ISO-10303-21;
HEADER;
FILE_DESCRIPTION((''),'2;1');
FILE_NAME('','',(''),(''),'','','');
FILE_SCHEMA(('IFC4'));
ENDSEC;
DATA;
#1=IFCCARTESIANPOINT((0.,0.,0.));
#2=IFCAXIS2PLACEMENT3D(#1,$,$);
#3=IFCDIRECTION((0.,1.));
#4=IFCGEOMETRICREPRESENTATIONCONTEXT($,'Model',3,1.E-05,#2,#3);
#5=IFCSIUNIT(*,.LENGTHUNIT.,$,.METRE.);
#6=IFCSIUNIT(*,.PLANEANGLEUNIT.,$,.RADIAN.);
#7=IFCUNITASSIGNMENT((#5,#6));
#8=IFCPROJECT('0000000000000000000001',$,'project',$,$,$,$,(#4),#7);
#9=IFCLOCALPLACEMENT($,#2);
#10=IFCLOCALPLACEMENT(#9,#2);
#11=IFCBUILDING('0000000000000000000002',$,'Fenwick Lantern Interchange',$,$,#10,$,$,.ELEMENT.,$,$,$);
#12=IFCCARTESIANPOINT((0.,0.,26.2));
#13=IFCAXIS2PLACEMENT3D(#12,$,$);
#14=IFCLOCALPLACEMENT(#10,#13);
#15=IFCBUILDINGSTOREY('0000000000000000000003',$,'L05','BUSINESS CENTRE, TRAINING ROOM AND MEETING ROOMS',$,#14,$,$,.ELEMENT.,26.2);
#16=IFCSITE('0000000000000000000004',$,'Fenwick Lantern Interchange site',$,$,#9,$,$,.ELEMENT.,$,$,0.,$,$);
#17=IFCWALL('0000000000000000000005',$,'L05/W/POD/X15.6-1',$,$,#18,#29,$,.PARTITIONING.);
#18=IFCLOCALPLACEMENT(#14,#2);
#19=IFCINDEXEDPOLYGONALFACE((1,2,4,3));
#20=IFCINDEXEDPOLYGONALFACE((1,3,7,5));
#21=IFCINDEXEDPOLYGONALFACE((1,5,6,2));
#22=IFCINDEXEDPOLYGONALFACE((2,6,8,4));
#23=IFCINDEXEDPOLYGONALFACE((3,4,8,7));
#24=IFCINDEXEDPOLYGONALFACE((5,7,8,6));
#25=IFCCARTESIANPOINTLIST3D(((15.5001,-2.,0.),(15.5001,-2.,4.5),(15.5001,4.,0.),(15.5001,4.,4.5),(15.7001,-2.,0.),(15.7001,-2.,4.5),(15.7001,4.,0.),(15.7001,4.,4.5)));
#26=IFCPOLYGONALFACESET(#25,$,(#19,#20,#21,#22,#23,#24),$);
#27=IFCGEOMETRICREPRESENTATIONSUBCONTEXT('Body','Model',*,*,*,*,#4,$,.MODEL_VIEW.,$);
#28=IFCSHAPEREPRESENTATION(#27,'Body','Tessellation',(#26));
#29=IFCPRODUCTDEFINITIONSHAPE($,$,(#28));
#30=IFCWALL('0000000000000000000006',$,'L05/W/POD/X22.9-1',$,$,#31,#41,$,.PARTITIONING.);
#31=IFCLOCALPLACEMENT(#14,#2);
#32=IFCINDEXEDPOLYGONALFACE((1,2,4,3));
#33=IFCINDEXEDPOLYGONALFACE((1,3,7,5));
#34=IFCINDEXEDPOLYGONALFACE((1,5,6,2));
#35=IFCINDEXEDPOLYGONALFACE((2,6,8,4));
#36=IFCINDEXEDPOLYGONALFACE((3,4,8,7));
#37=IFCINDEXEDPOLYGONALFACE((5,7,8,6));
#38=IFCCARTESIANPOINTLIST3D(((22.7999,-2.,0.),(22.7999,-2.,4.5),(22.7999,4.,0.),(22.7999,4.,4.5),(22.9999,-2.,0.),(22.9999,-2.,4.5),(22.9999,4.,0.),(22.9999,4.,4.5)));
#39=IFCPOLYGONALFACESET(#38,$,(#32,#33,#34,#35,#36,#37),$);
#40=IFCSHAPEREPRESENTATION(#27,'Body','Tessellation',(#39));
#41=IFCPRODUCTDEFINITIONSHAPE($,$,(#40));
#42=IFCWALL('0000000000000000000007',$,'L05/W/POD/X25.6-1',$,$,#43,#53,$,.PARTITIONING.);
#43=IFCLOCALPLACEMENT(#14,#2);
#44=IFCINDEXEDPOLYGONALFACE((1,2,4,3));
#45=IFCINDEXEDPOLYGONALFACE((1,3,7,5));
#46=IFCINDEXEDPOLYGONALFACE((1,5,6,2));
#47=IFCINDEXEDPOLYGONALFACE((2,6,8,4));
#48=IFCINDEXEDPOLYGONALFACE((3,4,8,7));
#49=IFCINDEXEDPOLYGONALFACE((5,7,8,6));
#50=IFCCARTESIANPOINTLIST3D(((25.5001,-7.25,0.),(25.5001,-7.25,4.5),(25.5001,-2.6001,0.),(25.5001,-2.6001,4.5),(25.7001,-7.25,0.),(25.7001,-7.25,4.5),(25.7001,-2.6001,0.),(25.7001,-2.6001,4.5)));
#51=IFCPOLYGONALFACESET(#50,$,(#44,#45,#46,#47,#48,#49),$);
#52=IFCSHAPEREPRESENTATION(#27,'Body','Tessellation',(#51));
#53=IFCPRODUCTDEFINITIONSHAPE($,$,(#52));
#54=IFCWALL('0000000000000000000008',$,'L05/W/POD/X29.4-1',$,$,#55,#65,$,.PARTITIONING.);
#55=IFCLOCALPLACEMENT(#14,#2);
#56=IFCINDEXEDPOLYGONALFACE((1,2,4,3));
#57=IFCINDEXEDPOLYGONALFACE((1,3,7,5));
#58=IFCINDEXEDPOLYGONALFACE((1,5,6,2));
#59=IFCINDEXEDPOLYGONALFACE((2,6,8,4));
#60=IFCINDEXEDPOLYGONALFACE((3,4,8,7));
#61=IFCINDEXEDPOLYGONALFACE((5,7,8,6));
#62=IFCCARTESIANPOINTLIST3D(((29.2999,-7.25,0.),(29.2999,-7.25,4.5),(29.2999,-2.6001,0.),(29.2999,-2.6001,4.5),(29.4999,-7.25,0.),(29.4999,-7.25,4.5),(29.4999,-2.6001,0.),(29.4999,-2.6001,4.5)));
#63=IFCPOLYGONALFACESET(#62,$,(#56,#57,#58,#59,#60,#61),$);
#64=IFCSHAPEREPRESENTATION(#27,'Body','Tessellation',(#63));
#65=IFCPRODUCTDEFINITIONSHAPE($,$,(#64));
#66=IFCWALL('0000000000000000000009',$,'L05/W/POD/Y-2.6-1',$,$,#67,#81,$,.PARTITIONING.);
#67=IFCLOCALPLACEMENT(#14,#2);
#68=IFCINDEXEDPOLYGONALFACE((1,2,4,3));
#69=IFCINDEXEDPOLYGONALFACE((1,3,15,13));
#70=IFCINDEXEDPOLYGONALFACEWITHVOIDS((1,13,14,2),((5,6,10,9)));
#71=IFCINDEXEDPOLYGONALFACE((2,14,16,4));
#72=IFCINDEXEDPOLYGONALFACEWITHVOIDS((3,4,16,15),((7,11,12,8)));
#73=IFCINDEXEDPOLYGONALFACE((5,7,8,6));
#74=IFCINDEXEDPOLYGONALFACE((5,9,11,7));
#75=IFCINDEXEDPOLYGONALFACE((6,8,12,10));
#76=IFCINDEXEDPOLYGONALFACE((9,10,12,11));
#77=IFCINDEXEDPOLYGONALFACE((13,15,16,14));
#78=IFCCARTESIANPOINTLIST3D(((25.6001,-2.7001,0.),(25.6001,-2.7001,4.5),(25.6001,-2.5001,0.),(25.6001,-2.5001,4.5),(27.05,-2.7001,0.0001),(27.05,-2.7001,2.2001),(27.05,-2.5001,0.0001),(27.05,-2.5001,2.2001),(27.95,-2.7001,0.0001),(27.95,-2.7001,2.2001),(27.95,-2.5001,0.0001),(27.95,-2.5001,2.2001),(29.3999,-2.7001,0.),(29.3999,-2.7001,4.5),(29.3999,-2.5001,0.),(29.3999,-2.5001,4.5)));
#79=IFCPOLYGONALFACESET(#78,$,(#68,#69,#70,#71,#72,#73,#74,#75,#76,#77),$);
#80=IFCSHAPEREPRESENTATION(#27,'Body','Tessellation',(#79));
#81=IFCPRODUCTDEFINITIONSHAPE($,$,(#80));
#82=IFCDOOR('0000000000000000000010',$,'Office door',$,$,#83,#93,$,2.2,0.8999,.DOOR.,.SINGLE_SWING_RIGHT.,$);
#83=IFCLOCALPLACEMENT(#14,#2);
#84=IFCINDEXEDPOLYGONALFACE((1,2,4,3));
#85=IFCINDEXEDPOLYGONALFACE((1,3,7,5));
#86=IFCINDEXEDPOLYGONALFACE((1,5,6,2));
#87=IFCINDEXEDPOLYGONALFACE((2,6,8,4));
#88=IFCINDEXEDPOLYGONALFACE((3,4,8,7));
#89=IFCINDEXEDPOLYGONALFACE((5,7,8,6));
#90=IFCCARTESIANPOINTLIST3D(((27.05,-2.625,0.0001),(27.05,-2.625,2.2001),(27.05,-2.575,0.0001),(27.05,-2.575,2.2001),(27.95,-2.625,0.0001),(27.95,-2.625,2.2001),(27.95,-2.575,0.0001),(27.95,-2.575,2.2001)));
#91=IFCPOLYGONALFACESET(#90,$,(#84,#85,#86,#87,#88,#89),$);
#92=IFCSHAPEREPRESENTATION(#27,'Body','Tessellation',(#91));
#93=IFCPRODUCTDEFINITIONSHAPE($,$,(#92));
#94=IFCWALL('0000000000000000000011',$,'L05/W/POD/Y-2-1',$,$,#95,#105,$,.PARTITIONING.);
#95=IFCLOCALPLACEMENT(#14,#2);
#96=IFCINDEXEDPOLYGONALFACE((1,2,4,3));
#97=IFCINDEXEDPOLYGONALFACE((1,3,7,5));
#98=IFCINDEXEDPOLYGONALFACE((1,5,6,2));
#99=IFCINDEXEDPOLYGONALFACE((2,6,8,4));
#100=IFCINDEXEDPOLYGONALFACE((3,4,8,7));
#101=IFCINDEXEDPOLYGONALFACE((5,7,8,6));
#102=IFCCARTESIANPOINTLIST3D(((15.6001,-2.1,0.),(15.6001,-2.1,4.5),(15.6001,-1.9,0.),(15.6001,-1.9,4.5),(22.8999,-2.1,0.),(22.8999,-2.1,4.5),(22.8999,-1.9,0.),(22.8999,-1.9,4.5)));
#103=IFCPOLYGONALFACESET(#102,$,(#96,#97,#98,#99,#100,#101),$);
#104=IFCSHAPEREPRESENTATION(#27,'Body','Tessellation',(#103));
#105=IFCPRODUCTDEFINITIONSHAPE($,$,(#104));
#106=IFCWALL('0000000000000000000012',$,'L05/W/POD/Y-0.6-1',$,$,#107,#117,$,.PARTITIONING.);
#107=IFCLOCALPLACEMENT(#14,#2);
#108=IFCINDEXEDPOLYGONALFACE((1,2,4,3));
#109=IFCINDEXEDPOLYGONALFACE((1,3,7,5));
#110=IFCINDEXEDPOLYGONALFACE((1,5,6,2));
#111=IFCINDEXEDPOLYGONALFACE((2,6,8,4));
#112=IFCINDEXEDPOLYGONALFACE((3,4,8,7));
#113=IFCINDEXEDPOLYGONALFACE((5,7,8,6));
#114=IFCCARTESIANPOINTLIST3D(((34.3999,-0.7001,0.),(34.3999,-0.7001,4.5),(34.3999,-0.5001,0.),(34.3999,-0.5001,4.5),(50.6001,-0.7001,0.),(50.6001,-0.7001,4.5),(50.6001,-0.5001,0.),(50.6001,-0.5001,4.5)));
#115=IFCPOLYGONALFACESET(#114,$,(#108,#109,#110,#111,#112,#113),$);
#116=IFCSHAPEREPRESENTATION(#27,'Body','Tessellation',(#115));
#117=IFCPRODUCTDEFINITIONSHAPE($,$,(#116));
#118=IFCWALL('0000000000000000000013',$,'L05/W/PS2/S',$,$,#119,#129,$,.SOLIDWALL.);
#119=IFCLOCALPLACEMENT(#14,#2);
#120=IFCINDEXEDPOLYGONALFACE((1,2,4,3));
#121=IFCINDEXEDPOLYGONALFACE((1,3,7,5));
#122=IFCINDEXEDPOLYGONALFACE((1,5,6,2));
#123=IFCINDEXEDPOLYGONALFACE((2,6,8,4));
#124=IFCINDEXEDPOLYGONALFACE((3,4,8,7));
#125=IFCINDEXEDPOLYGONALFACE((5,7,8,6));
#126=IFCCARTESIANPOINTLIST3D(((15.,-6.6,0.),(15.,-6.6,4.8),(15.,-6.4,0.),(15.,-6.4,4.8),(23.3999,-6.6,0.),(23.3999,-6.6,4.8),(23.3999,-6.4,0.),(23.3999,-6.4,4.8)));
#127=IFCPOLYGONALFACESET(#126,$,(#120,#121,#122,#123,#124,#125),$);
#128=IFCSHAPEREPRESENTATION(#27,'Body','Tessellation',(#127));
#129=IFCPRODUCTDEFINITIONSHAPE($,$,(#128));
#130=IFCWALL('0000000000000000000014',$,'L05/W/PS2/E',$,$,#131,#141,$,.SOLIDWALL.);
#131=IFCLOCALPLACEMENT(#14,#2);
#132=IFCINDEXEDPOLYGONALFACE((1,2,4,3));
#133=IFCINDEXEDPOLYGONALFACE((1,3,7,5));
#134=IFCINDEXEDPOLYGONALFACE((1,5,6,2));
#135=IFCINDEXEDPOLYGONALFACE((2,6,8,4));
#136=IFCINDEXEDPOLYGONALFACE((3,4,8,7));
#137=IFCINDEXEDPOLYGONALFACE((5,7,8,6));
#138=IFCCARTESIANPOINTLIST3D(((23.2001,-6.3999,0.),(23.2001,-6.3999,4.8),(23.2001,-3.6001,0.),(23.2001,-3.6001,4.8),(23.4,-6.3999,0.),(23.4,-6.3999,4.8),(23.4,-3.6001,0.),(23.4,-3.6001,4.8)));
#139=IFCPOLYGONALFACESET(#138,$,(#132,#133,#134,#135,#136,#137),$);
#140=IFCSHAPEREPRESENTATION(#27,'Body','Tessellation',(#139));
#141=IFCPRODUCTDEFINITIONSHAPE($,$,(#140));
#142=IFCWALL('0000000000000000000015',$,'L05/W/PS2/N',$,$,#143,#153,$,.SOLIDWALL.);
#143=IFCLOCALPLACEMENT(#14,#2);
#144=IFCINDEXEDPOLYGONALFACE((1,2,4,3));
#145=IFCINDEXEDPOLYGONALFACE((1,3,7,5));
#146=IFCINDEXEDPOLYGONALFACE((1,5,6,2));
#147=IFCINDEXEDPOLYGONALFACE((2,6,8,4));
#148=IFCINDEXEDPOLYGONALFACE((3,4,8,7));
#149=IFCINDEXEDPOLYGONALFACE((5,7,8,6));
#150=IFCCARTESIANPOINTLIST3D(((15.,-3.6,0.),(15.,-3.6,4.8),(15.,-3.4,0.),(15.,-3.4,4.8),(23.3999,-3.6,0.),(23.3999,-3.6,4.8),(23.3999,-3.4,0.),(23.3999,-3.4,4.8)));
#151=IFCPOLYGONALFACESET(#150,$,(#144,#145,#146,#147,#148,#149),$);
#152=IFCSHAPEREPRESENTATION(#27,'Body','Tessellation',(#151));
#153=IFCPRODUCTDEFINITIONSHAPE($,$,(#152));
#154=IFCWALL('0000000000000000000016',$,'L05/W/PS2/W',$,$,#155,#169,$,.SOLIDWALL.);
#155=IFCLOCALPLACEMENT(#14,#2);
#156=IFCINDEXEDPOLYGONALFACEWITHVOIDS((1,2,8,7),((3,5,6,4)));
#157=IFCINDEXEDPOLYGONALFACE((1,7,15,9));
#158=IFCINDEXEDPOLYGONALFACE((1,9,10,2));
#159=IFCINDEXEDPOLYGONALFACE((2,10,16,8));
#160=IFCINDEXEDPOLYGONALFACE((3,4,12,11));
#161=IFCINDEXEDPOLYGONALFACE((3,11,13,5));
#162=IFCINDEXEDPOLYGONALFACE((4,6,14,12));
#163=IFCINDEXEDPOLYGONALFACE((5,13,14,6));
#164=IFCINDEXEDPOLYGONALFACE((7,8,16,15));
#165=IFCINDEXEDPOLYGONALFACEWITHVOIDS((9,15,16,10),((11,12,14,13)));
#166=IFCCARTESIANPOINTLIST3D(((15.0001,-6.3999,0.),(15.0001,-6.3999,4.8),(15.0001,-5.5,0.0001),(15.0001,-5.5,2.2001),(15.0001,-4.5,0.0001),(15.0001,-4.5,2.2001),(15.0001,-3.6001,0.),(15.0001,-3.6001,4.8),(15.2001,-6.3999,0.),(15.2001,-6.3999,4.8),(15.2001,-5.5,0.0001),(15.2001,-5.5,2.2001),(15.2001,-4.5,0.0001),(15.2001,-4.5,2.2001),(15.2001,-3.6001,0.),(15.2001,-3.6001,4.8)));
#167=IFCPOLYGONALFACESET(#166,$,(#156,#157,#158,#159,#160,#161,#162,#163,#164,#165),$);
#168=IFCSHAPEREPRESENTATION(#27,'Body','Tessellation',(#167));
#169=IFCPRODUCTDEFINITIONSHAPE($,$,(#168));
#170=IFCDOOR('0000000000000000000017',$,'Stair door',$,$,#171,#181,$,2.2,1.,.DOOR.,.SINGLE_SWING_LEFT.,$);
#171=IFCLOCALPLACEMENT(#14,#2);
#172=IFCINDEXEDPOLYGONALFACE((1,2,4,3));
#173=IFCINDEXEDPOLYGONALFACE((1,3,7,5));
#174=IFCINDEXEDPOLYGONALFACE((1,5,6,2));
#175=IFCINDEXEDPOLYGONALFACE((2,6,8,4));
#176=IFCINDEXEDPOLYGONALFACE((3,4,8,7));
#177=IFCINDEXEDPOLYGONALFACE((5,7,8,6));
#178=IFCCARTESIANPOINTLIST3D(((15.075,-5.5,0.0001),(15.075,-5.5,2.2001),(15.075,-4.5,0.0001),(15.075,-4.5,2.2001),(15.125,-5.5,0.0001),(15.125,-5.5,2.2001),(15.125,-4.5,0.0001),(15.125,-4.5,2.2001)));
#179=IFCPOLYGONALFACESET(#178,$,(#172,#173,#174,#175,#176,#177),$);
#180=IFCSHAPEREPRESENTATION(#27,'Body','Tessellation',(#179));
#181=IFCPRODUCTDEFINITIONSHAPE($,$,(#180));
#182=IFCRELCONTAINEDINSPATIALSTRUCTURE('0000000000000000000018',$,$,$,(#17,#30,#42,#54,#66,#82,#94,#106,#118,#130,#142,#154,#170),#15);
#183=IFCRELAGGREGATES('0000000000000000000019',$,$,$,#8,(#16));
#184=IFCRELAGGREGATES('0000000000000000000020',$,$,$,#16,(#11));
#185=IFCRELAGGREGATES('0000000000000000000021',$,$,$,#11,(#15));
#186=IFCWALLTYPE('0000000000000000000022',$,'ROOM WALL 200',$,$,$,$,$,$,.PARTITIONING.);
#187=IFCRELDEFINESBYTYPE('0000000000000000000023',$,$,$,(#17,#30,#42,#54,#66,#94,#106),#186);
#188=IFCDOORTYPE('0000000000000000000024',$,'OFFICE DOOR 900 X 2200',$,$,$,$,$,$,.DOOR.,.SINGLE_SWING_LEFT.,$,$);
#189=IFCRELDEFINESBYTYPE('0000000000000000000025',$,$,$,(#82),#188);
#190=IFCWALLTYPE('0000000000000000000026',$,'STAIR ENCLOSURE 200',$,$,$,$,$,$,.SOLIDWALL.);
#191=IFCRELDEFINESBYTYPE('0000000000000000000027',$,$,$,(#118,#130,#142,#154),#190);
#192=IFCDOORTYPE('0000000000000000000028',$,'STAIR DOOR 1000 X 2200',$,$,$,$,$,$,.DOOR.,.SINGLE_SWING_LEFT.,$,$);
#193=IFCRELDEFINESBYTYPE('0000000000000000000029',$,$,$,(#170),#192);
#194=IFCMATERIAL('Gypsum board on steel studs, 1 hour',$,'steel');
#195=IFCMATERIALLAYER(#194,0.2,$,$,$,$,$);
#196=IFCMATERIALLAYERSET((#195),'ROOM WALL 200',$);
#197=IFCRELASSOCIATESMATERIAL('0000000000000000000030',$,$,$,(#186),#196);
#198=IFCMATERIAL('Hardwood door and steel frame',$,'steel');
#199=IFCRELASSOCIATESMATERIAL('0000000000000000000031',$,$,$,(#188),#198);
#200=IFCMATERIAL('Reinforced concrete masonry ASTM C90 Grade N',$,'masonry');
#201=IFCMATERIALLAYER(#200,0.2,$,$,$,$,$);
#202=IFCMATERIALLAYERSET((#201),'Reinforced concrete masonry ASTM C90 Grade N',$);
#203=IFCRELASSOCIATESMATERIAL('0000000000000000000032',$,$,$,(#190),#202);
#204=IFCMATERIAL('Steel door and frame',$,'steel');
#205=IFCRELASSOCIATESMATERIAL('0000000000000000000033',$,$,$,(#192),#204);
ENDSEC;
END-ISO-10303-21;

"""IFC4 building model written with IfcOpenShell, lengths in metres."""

from ifc_helpers import new_model, si_unit, direction, frame, frame_2d, origin, place, context, subcontext, project, spatial, rectangle, extrude, material, layer, layer_set, type_object, element, fill, save


model = new_model("IFC4")

# Units and contexts
model_context = context("Model", 3, precision=1e-05, world=origin(), true_north=direction((0.0, 1.0)))
body_context = subcontext(model_context, "Body", "Model", "MODEL_VIEW")
ifc_project = project(units=[si_unit("LENGTHUNIT", "METRE"), si_unit("PLANEANGLEUNIT", "RADIAN")], contexts=[model_context])

# Site, building, storey
site_placement = place(None, origin())
site = spatial("IfcSite", under=ifc_project, at=site_placement, Name="Fenwick Lantern Interchange site", CompositionType="ELEMENT", RefElevation=0.0)
building_placement = place(site_placement, origin())
building = spatial("IfcBuilding", under=site, at=building_placement, Name="Fenwick Lantern Interchange", CompositionType="ELEMENT")
storey_placement = place(building_placement, frame((0.0, 0.0, 26.2)))
storey = spatial("IfcBuildingStorey", under=building, at=storey_placement, Name="L05", Description="BUSINESS CENTRE, TRAINING ROOM AND MEETING ROOMS", CompositionType="ELEMENT", Elevation=26.2)

# Walls
ifc_material_1 = material(Name="Gypsum board on steel studs, 1 hour", Category="steel")
ifc_layer_1 = layer(ifc_material_1, 0.2)
ifc_layer_set_1 = layer_set([ifc_layer_1], Name="ROOM WALL 200")
wall_type_1 = type_object("IfcWallType", Name="ROOM WALL 200", PredefinedType="PARTITIONING", material=ifc_layer_set_1)
for number, where, z_axis, x_axis, name in (
    (1, (15.6001, -2.0, 0.0), (0.0, 0.0, 1.0), (0.0, 1.0, 0.0), "L05/W/POD/X15.6-1"),
    (2, (22.8999, -2.0, 0.0), (0.0, 0.0, 1.0), (0.0, 1.0, 0.0), "L05/W/POD/X22.9-1"),
):
    element("IfcWall", number, at=place(storey_placement, frame(where, z_axis=z_axis, x_axis=x_axis)), inside=storey, type_object=wall_type_1, Name=name, PredefinedType="PARTITIONING", context=body_context, shape_type="SweptSolid", body=[
        extrude(rectangle(XDim=6.0, YDim=0.2, at=frame_2d((3.0, 0.0))), origin(), (0.0, 0.0, 1.0), 4.5),
    ])
for number, where, z_axis, x_axis, name in (
    (3, (25.6001, -7.25, 0.0), (0.0, 0.0, 1.0), (0.0, 1.0, 0.0), "L05/W/POD/X25.6-1"),
    (4, (29.3999, -7.25, 0.0), (0.0, 0.0, 1.0), (0.0, 1.0, 0.0), "L05/W/POD/X29.4-1"),
):
    element("IfcWall", number, at=place(storey_placement, frame(where, z_axis=z_axis, x_axis=x_axis)), inside=storey, type_object=wall_type_1, Name=name, PredefinedType="PARTITIONING", context=body_context, shape_type="SweptSolid", body=[
        extrude(rectangle(XDim=4.6499, YDim=0.2, at=frame_2d((2.325, 0.0))), origin(), (0.0, 0.0, 1.0), 4.5),
    ])

# Shared definitions
ifc_material_2 = material(Name="Steel door and frame", Category="steel")

# Wall, opening, door
wall_1_placement = place(storey_placement, frame((25.6001, -2.6001, 0.0), z_axis=(0.0, 0.0, 1.0), x_axis=(1.0, 0.0, 0.0)))
wall_1 = element("IfcWall", 5, at=wall_1_placement, inside=storey, type_object=wall_type_1, Name="L05/W/POD/Y-2.6-1", PredefinedType="PARTITIONING", context=body_context, shape_type="SweptSolid", body=[
    extrude(rectangle(XDim=3.7998, YDim=0.2, at=frame_2d((1.8999, 0.0))), origin(), (0.0, 0.0, 1.0), 4.5),
])
opening_1_placement = place(wall_1_placement, frame((1.45, 0.0, 0.0)))
opening_1 = element("IfcOpeningElement", 6, at=opening_1_placement, cuts=wall_1, PredefinedType="OPENING", context=body_context, shape_type="SweptSolid", body=[
    extrude(rectangle(XDim=0.8999, YDim=2.2, at=frame_2d((0.45, 1.1001))), frame((0.0, 0.1099, 0.0), z_axis=(0.0, -1.0, 0.0), x_axis=(1.0, 0.0, 0.0)), (0.0, 0.0, 1.0), 0.22),
])
ifc_material_3 = material(Name="Hardwood door and steel frame", Category="steel")
door_type_1 = type_object("IfcDoorType", Name="OFFICE DOOR 900 X 2200", OperationType="SINGLE_SWING_LEFT", PredefinedType="DOOR", material=ifc_material_3)
door_1_placement = place(opening_1_placement, frame((0.8999, 0.0, 0.0), z_axis=(0.0, 0.0, 1.0), x_axis=(-1.0, 0.0, 0.0)))
door_1 = element("IfcDoor", 7, at=door_1_placement, inside=storey, type_object=door_type_1, Name="Office door", OperationType="SINGLE_SWING_RIGHT", OverallHeight=2.2, OverallWidth=0.8999, PredefinedType="DOOR", context=body_context, shape_type="SweptSolid", body=[
    extrude(rectangle(XDim=0.8999, YDim=2.2, at=frame_2d((0.45, 1.1001))), frame((0.0, 0.0249, 0.0), z_axis=(0.0, -1.0, 0.0), x_axis=(1.0, 0.0, 0.0)), (0.0, 0.0, 1.0), 0.05),
])
fill(opening_1, door_1)

# Walls
wall_2_placement = place(storey_placement, frame((15.6001, -2.0, 0.0), z_axis=(0.0, 0.0, 1.0), x_axis=(1.0, 0.0, 0.0)))
element("IfcWall", 8, at=wall_2_placement, inside=storey, type_object=wall_type_1, Name="L05/W/POD/Y-2-1", PredefinedType="PARTITIONING", context=body_context, shape_type="SweptSolid", body=[
    extrude(rectangle(XDim=7.2998, YDim=0.2, at=frame_2d((3.6499, 0.0))), origin(), (0.0, 0.0, 1.0), 4.5),
])
wall_3_placement = place(storey_placement, frame((34.3999, -0.6001, 0.0), z_axis=(0.0, 0.0, 1.0), x_axis=(1.0, 0.0, 0.0)))
element("IfcWall", 9, at=wall_3_placement, inside=storey, type_object=wall_type_1, Name="L05/W/POD/Y-0.6-1", PredefinedType="PARTITIONING", context=body_context, shape_type="SweptSolid", body=[
    extrude(rectangle(XDim=16.2002, YDim=0.2, at=frame_2d((8.1001, 0.0))), origin(), (0.0, 0.0, 1.0), 4.5),
])
ifc_material_4 = material(Name="Reinforced concrete masonry ASTM C90 Grade N", Category="masonry")
ifc_layer_2 = layer(ifc_material_4, 0.2)
ifc_layer_set_2 = layer_set([ifc_layer_2], Name="Reinforced concrete masonry ASTM C90 Grade N")
wall_type_2 = type_object("IfcWallType", Name="STAIR ENCLOSURE 200", PredefinedType="SOLIDWALL", material=ifc_layer_set_2)
wall_4_placement = place(storey_placement, frame((15.0, -6.5, 0.0), z_axis=(0.0, 0.0, 1.0), x_axis=(1.0, 0.0, 0.0)))
element("IfcWall", 10, at=wall_4_placement, inside=storey, type_object=wall_type_2, Name="L05/W/PS2/S", PredefinedType="SOLIDWALL", context=body_context, shape_type="SweptSolid", body=[
    extrude(rectangle(XDim=8.3999, YDim=0.2, at=frame_2d((4.2, 0.0))), origin(), (0.0, 0.0, 1.0), 4.8),
])
wall_5_placement = place(storey_placement, frame((23.3, -6.3999, 0.0), z_axis=(0.0, 0.0, 1.0), x_axis=(0.0, 1.0, 0.0)))
element("IfcWall", 11, at=wall_5_placement, inside=storey, type_object=wall_type_2, Name="L05/W/PS2/E", PredefinedType="SOLIDWALL", context=body_context, shape_type="SweptSolid", body=[
    extrude(rectangle(XDim=2.7998, YDim=0.2, at=frame_2d((1.3999, 0.0))), origin(), (0.0, 0.0, 1.0), 4.8),
])
wall_6_placement = place(storey_placement, frame((23.3999, -3.5, 0.0), z_axis=(0.0, 0.0, 1.0), x_axis=(-1.0, 0.0, 0.0)))
element("IfcWall", 12, at=wall_6_placement, inside=storey, type_object=wall_type_2, Name="L05/W/PS2/N", PredefinedType="SOLIDWALL", context=body_context, shape_type="SweptSolid", body=[
    extrude(rectangle(XDim=8.3999, YDim=0.2, at=frame_2d((4.2, 0.0))), origin(), (0.0, 0.0, 1.0), 4.8),
])

# Wall, opening, door
wall_7_placement = place(storey_placement, frame((15.1001, -3.6001, 0.0), z_axis=(0.0, 0.0, 1.0), x_axis=(0.0, -1.0, 0.0)))
wall_7 = element("IfcWall", 13, at=wall_7_placement, inside=storey, type_object=wall_type_2, Name="L05/W/PS2/W", PredefinedType="SOLIDWALL", context=body_context, shape_type="SweptSolid", body=[
    extrude(rectangle(XDim=2.7998, YDim=0.2, at=frame_2d((1.3999, 0.0))), origin(), (0.0, 0.0, 1.0), 4.8),
])
opening_2_placement = place(wall_7_placement, frame((0.8999, 0.0, 0.0)))
opening_2 = element("IfcOpeningElement", 14, at=opening_2_placement, cuts=wall_7, PredefinedType="OPENING", context=body_context, shape_type="SweptSolid", body=[
    extrude(rectangle(XDim=1.0, YDim=2.2, at=frame_2d((0.5, 1.1001))), frame((0.0, 0.1099, 0.0), z_axis=(0.0, -1.0, 0.0), x_axis=(1.0, 0.0, 0.0)), (0.0, 0.0, 1.0), 0.22),
])
door_type_2 = type_object("IfcDoorType", Name="STAIR DOOR 1000 X 2200", OperationType="SINGLE_SWING_LEFT", PredefinedType="DOOR", material=ifc_material_2)
door_2_placement = place(opening_2_placement, origin())
door_2 = element("IfcDoor", 15, at=door_2_placement, inside=storey, type_object=door_type_2, Name="Stair door", OperationType="SINGLE_SWING_LEFT", OverallHeight=2.2, OverallWidth=1.0, PredefinedType="DOOR", context=body_context, shape_type="SweptSolid", body=[
    extrude(rectangle(XDim=1.0, YDim=2.2, at=frame_2d((0.5, 1.1001))), frame((0.0, 0.0249, 0.0), z_axis=(0.0, -1.0, 0.0), x_axis=(1.0, 0.0, 0.0)), (0.0, 0.0, 1.0), 0.05),
])
fill(opening_2, door_2)

save(model, "model.ifc")
